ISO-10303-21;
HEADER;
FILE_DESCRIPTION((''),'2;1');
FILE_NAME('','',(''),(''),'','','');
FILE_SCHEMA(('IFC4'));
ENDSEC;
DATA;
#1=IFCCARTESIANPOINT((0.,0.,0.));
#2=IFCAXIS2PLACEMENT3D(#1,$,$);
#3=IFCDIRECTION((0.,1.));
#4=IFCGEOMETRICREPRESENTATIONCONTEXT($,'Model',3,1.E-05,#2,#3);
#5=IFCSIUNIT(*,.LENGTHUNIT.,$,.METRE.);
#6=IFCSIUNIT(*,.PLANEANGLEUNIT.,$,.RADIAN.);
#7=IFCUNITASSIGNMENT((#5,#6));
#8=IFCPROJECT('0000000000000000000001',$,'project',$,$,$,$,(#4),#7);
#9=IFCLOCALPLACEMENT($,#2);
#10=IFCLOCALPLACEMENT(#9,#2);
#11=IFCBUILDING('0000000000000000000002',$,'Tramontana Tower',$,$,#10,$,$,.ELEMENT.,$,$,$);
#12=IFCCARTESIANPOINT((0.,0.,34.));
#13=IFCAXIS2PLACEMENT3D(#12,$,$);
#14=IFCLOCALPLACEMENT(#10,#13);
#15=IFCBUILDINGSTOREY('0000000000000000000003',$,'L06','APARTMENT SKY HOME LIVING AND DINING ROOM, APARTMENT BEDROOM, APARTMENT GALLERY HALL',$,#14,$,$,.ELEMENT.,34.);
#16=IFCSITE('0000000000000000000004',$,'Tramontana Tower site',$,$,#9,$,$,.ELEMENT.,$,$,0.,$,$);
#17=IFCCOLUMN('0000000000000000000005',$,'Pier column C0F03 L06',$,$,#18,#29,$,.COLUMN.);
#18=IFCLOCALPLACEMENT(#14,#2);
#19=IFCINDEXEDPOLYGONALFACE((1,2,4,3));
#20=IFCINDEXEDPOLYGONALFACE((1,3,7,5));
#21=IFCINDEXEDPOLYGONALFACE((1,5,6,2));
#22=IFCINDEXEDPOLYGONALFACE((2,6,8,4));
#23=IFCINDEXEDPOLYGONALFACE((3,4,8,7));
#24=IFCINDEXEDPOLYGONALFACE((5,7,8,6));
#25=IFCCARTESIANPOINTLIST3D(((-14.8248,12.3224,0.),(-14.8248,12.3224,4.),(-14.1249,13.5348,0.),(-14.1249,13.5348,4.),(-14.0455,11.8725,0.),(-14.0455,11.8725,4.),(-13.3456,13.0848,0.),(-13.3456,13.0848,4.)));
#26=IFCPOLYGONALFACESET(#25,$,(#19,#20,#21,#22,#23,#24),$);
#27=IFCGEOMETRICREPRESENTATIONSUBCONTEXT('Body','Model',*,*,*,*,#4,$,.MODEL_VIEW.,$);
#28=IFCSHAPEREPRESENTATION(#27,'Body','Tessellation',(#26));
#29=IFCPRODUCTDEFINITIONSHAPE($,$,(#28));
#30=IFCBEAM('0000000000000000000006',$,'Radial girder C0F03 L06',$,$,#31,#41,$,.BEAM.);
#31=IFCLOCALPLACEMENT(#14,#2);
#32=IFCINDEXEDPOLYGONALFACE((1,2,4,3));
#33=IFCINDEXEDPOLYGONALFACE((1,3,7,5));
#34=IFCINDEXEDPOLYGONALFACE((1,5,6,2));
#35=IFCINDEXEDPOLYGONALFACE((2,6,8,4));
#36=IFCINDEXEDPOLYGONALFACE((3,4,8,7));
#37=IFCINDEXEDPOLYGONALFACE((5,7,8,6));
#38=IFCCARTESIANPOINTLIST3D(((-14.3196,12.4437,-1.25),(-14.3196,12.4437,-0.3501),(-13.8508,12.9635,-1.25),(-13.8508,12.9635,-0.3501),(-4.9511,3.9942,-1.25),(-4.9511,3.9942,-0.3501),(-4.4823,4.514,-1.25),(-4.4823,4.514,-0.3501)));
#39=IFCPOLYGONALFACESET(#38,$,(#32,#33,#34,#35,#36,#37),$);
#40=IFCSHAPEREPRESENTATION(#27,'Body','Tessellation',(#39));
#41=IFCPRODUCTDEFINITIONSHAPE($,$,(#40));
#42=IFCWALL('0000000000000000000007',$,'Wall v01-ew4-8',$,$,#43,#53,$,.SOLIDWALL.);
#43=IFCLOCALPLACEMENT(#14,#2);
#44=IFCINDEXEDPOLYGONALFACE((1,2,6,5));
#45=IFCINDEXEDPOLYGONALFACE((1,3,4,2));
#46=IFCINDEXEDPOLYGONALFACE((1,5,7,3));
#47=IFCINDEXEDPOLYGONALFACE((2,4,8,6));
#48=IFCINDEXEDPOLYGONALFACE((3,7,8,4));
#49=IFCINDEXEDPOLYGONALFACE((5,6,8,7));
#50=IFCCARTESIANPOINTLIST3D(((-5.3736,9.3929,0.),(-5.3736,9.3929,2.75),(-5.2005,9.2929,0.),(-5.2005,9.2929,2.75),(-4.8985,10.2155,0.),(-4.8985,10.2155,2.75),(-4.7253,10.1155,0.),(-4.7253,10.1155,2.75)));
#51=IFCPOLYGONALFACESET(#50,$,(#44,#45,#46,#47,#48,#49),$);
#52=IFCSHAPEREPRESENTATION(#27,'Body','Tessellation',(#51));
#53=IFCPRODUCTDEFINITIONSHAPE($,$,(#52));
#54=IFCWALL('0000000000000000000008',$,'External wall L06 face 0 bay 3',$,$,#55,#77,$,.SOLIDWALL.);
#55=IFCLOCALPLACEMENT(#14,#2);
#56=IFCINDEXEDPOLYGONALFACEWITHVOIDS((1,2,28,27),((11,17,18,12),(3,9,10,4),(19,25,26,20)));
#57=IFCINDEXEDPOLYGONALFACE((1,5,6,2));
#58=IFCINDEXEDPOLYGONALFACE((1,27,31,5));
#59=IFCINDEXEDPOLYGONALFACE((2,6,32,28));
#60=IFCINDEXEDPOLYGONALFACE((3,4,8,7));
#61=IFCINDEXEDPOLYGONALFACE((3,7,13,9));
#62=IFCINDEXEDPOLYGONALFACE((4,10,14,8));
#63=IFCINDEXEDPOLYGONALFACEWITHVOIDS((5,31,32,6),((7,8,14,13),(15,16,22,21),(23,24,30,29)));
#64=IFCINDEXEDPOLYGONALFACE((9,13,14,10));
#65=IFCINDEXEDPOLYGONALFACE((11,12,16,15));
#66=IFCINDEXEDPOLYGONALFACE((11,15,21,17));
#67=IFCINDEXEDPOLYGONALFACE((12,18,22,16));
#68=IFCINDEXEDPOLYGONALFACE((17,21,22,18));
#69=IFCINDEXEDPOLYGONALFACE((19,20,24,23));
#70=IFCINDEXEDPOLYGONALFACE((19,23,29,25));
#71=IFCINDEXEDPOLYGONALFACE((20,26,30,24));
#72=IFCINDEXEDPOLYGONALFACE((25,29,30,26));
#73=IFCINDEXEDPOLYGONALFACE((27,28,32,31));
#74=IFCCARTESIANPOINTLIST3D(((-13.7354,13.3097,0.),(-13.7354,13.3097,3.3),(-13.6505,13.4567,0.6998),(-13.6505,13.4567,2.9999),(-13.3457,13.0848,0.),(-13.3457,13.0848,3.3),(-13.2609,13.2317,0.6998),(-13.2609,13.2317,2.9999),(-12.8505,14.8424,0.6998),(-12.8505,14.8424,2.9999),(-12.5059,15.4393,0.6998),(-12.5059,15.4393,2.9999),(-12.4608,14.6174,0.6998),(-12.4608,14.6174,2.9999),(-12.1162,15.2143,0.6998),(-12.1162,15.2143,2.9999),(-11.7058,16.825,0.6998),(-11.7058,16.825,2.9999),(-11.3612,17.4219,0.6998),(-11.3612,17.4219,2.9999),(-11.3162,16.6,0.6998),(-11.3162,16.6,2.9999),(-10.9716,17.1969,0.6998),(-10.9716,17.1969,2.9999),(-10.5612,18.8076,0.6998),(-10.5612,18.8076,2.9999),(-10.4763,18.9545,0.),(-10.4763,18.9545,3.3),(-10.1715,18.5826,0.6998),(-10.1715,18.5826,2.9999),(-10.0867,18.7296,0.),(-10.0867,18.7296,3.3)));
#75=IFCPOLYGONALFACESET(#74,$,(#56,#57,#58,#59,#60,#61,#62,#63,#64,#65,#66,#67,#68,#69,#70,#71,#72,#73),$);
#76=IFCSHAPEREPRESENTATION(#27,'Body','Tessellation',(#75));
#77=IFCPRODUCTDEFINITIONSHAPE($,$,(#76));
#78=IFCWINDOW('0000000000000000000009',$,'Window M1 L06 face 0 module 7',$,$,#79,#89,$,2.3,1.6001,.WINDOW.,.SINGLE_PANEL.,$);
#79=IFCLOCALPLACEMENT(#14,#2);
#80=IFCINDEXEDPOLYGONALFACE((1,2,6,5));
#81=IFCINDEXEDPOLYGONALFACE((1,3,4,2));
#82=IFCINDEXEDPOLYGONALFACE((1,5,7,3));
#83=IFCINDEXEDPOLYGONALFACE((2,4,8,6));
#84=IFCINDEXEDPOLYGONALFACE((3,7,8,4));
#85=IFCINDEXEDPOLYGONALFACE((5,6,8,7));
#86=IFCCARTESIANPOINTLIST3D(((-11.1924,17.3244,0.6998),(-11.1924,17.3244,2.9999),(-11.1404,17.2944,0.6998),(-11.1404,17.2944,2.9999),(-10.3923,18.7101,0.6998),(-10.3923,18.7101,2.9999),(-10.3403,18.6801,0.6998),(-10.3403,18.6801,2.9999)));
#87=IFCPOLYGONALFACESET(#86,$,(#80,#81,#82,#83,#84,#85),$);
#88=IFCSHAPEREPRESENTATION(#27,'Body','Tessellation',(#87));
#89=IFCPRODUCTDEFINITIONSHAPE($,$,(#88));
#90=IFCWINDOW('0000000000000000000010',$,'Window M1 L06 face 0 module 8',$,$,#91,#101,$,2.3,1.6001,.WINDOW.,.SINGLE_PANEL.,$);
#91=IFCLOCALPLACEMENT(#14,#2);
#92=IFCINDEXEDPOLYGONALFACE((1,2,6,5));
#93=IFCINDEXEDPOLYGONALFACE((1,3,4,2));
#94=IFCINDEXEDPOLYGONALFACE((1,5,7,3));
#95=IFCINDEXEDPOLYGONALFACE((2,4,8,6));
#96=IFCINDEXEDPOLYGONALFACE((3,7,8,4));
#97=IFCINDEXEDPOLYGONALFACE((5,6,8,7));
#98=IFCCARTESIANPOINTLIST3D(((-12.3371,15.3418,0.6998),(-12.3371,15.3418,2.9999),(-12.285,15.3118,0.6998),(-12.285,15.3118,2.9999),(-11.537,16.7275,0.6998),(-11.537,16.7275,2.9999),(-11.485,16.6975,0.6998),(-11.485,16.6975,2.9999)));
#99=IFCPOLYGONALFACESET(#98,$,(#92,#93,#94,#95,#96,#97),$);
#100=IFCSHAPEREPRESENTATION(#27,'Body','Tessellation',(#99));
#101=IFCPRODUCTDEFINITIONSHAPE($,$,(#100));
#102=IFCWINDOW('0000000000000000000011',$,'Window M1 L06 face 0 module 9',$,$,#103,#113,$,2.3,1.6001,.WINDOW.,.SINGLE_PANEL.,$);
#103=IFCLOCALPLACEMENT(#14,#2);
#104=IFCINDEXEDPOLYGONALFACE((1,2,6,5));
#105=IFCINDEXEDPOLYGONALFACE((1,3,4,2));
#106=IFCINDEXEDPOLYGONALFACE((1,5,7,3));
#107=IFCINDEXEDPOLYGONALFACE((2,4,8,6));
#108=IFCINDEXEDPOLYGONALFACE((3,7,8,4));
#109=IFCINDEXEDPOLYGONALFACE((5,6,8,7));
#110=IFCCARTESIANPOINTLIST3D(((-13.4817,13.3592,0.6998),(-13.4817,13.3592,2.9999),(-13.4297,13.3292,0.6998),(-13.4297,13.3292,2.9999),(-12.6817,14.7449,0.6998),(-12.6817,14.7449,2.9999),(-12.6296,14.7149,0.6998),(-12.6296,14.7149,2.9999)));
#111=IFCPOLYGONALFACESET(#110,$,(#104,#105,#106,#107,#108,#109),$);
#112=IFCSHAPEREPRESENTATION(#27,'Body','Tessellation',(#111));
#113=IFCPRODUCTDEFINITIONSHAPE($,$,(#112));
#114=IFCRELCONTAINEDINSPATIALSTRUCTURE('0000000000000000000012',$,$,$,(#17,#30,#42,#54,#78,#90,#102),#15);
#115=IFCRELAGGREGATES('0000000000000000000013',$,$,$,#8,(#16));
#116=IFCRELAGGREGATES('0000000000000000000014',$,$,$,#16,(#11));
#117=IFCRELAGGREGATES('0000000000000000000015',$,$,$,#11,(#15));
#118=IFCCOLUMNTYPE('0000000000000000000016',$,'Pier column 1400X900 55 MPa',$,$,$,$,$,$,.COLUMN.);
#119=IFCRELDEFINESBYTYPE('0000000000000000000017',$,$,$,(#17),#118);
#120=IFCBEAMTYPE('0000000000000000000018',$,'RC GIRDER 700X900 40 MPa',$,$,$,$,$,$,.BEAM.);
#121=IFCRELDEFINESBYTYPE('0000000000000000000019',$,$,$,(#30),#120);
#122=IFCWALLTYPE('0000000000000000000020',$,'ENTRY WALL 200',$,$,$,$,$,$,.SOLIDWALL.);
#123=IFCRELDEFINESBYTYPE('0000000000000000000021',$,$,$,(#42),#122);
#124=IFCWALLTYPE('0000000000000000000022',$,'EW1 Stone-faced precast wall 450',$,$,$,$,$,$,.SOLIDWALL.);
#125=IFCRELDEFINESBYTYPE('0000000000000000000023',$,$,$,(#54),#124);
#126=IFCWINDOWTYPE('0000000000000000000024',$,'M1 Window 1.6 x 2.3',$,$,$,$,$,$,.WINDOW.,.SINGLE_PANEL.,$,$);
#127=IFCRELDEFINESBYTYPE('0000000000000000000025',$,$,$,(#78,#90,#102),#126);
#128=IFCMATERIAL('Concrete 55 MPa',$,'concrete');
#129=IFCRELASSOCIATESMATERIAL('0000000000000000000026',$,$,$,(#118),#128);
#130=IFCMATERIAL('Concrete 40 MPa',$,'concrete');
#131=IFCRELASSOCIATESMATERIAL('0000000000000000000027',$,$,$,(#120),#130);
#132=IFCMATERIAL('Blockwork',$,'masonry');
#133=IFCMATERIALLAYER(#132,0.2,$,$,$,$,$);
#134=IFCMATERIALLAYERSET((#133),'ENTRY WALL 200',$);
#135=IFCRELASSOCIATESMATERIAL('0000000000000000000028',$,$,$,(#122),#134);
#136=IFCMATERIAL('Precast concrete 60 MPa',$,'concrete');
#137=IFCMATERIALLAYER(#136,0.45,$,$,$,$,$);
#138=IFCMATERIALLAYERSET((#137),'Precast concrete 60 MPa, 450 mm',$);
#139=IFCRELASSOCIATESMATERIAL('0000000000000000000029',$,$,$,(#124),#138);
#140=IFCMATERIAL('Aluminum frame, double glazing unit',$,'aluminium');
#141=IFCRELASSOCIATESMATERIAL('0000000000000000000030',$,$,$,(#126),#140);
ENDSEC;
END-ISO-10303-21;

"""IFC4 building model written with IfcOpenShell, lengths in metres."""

from ifc_helpers import new_model, si_unit, direction, frame, frame_2d, origin, origin_2d, place, context, subcontext, project, spatial, rectangle, extrude, material, layer, layer_set, material_profile, profile_set, type_object, element, fill, save


model = new_model("IFC4")

# Units and contexts
model_context = context("Model", 3, precision=1e-05, world=origin(), true_north=direction((0.0, 1.0)))
body_context = subcontext(model_context, "Body", "Model", "MODEL_VIEW")
ifc_project = project(units=[si_unit("LENGTHUNIT", "METRE"), si_unit("PLANEANGLEUNIT", "RADIAN")], contexts=[model_context])

# Site, building, storey
site_placement = place(None, origin())
site = spatial("IfcSite", under=ifc_project, at=site_placement, Name="Tramontana Tower site", CompositionType="ELEMENT", RefElevation=0.0)
building_placement = place(site_placement, origin())
building = spatial("IfcBuilding", under=site, at=building_placement, Name="Tramontana Tower", CompositionType="ELEMENT")
storey_placement = place(building_placement, frame((0.0, 0.0, 34.0)))
storey = spatial("IfcBuildingStorey", under=building, at=storey_placement, Name="L06", Description="APARTMENT SKY HOME LIVING AND DINING ROOM, APARTMENT BEDROOM, APARTMENT GALLERY HALL", CompositionType="ELEMENT", Elevation=34.0)

# Column
ifc_material_1 = material(Name="Concrete 55 MPa", Category="concrete")
ifc_material_profile_1 = material_profile(ifc_material_1, rectangle(XDim=1.3999, YDim=0.8999, at=origin_2d()), Name="Pier column 1400X900 55 MPa")
ifc_profile_set_1 = profile_set([ifc_material_profile_1], Name="Concrete 55 MPa")
column_type = type_object("IfcColumnType", Name="Pier column 1400X900 55 MPa", PredefinedType="COLUMN", material=ifc_profile_set_1)
column_placement = place(storey_placement, frame((-14.0852, 12.7036, 0.0), z_axis=(0.0, 0.0, 1.0), x_axis=(-0.5, -0.866025, 0.0)))
element("IfcColumn", 1, at=column_placement, inside=storey, type_object=column_type, Name="Pier column C0F03 L06", PredefinedType="COLUMN", context=body_context, shape_type="SweptSolid", body=[
    extrude(rectangle(XDim=1.3999, YDim=0.8999, at=origin_2d()), origin(), (0.0, 0.0, 1.0), 4.0),
])

# Beam
ifc_material_2 = material(Name="Concrete 40 MPa", Category="concrete")
ifc_material_profile_2 = material_profile(ifc_material_2, rectangle(XDim=0.7, YDim=0.8999, at=origin_2d()), Name="RC GIRDER 700X900 40 MPa")
ifc_profile_set_2 = profile_set([ifc_material_profile_2], Name="Concrete 40 MPa")
beam_type = type_object("IfcBeamType", Name="RC GIRDER 700X900 40 MPa", PredefinedType="BEAM", material=ifc_profile_set_2)
beam_placement = place(storey_placement, frame((-14.0852, 12.7036, -0.8), z_axis=(0.742588, -0.669748, 0.0), x_axis=(0.669748, 0.742588, 0.0)))
element("IfcBeam", 2, at=beam_placement, inside=storey, type_object=beam_type, Name="Radial girder C0F03 L06", PredefinedType="BEAM", context=body_context, shape_type="SweptSolid", body=[
    extrude(rectangle(XDim=0.7, YDim=0.8999, at=origin_2d()), origin(), (0.0, 0.0, 1.0), 12.616),
])

# Wall
ifc_material_3 = material(Name="Blockwork", Category="masonry")
ifc_layer_1 = layer(ifc_material_3, 0.2)
ifc_layer_set_1 = layer_set([ifc_layer_1], Name="ENTRY WALL 200")
wall_type_1 = type_object("IfcWallType", Name="ENTRY WALL 200", PredefinedType="SOLIDWALL", material=ifc_layer_set_1)
wall_1_placement = place(storey_placement, frame((-5.2871, 9.3428, 0.0), z_axis=(0.0, 0.0, 1.0), x_axis=(0.500175, 0.865924, 0.0)))
element("IfcWall", 3, at=wall_1_placement, inside=storey, type_object=wall_type_1, Name="Wall v01-ew4-8", PredefinedType="SOLIDWALL", context=body_context, shape_type="SweptSolid", body=[
    extrude(rectangle(XDim=0.95, YDim=0.2, at=frame_2d((0.4751, 0.0))), origin(), (0.0, 0.0, 1.0), 2.75),
])

# Wall, openings, windows
ifc_material_4 = material(Name="Precast concrete 60 MPa", Category="concrete")
ifc_layer_2 = layer(ifc_material_4, 0.45)
ifc_layer_set_2 = layer_set([ifc_layer_2], Name="Precast concrete 60 MPa, 450 mm")
wall_type_2 = type_object("IfcWallType", Name="EW1 Stone-faced precast wall 450", PredefinedType="SOLIDWALL", material=ifc_layer_set_2)
wall_2_placement = place(storey_placement, frame((-10.2815, 18.842, 0.0), z_axis=(0.0, 0.0, 1.0), x_axis=(-0.500002, -0.866024, 0.0)))
wall_2 = element("IfcWall", 4, at=wall_2_placement, inside=storey, type_object=wall_type_2, Name="External wall L06 face 0 bay 3", PredefinedType="SOLIDWALL", context=body_context, shape_type="SweptSolid", body=[
    extrude(rectangle(XDim=6.5181, YDim=0.45, at=frame_2d((3.259, 0.0))), origin(), (0.0, 0.0, 1.0), 3.3),
])
opening_1_placement = place(wall_2_placement, frame((0.1697, 0.0, 0.7)))
opening_1 = element("IfcOpeningElement", 5, at=opening_1_placement, cuts=wall_2, PredefinedType="OPENING", context=body_context, shape_type="SweptSolid", body=[
    extrude(rectangle(XDim=1.6001, YDim=2.3, at=frame_2d((0.8, 1.1499))), frame((0.0, 0.2349, 0.0), z_axis=(0.0, -1.0, 0.0), x_axis=(1.0, 0.0, 0.0)), (0.0, 0.0, 1.0), 0.47),
])
opening_2_placement = place(wall_2_placement, frame((2.459, 0.0, 0.7)))
opening_2 = element("IfcOpeningElement", 6, at=opening_2_placement, cuts=wall_2, PredefinedType="OPENING", context=body_context, shape_type="SweptSolid", body=[
    extrude(rectangle(XDim=1.6001, YDim=2.3, at=frame_2d((0.8, 1.1499))), frame((0.0, 0.2349, 0.0), z_axis=(0.0, -1.0, 0.0), x_axis=(1.0, 0.0, 0.0)), (0.0, 0.0, 1.0), 0.47),
])
opening_3_placement = place(wall_2_placement, frame((4.7483, 0.0, 0.7)))
opening_3 = element("IfcOpeningElement", 7, at=opening_3_placement, cuts=wall_2, PredefinedType="OPENING", context=body_context, shape_type="SweptSolid", body=[
    extrude(rectangle(XDim=1.6001, YDim=2.3, at=frame_2d((0.8, 1.1499))), frame((0.0, 0.2349, 0.0), z_axis=(0.0, -1.0, 0.0), x_axis=(1.0, 0.0, 0.0)), (0.0, 0.0, 1.0), 0.47),
])
ifc_material_5 = material(Name="Aluminum frame, double glazing unit", Category="aluminium")
window_type = type_object("IfcWindowType", Name="M1 Window 1.6 x 2.3", PartitioningType="SINGLE_PANEL", PredefinedType="WINDOW", material=ifc_material_5)
window_1_placement = place(opening_1_placement, origin())
window_1 = element("IfcWindow", 8, at=window_1_placement, inside=storey, type_object=window_type, Name="Window M1 L06 face 0 module 7", OverallHeight=2.3, OverallWidth=1.6001, PartitioningType="SINGLE_PANEL", PredefinedType="WINDOW", context=body_context, shape_type="SweptSolid", body=[
    extrude(rectangle(XDim=1.6001, YDim=2.3, at=frame_2d((0.8, 1.1499))), frame((0.0, 0.03, 0.0), z_axis=(0.0, -1.0, 0.0), x_axis=(1.0, 0.0, 0.0)), (0.0, 0.0, 1.0), 0.0601),
])
fill(opening_1, window_1)
window_2_placement = place(opening_2_placement, origin())
window_2 = element("IfcWindow", 9, at=window_2_placement, inside=storey, type_object=window_type, Name="Window M1 L06 face 0 module 8", OverallHeight=2.3, OverallWidth=1.6001, PartitioningType="SINGLE_PANEL", PredefinedType="WINDOW", context=body_context, shape_type="SweptSolid", body=[
    extrude(rectangle(XDim=1.6001, YDim=2.3, at=frame_2d((0.8, 1.1499))), frame((0.0, 0.03, 0.0), z_axis=(0.0, -1.0, 0.0), x_axis=(1.0, 0.0, 0.0)), (0.0, 0.0, 1.0), 0.0601),
])
fill(opening_2, window_2)
window_3_placement = place(opening_3_placement, origin())
window_3 = element("IfcWindow", 10, at=window_3_placement, inside=storey, type_object=window_type, Name="Window M1 L06 face 0 module 9", OverallHeight=2.3, OverallWidth=1.6001, PartitioningType="SINGLE_PANEL", PredefinedType="WINDOW", context=body_context, shape_type="SweptSolid", body=[
    extrude(rectangle(XDim=1.6001, YDim=2.3, at=frame_2d((0.8, 1.1499))), frame((0.0, 0.03, 0.0), z_axis=(0.0, -1.0, 0.0), x_axis=(1.0, 0.0, 0.0)), (0.0, 0.0, 1.0), 0.0601),
])
fill(opening_3, window_3)

save(model, "model.ifc")
